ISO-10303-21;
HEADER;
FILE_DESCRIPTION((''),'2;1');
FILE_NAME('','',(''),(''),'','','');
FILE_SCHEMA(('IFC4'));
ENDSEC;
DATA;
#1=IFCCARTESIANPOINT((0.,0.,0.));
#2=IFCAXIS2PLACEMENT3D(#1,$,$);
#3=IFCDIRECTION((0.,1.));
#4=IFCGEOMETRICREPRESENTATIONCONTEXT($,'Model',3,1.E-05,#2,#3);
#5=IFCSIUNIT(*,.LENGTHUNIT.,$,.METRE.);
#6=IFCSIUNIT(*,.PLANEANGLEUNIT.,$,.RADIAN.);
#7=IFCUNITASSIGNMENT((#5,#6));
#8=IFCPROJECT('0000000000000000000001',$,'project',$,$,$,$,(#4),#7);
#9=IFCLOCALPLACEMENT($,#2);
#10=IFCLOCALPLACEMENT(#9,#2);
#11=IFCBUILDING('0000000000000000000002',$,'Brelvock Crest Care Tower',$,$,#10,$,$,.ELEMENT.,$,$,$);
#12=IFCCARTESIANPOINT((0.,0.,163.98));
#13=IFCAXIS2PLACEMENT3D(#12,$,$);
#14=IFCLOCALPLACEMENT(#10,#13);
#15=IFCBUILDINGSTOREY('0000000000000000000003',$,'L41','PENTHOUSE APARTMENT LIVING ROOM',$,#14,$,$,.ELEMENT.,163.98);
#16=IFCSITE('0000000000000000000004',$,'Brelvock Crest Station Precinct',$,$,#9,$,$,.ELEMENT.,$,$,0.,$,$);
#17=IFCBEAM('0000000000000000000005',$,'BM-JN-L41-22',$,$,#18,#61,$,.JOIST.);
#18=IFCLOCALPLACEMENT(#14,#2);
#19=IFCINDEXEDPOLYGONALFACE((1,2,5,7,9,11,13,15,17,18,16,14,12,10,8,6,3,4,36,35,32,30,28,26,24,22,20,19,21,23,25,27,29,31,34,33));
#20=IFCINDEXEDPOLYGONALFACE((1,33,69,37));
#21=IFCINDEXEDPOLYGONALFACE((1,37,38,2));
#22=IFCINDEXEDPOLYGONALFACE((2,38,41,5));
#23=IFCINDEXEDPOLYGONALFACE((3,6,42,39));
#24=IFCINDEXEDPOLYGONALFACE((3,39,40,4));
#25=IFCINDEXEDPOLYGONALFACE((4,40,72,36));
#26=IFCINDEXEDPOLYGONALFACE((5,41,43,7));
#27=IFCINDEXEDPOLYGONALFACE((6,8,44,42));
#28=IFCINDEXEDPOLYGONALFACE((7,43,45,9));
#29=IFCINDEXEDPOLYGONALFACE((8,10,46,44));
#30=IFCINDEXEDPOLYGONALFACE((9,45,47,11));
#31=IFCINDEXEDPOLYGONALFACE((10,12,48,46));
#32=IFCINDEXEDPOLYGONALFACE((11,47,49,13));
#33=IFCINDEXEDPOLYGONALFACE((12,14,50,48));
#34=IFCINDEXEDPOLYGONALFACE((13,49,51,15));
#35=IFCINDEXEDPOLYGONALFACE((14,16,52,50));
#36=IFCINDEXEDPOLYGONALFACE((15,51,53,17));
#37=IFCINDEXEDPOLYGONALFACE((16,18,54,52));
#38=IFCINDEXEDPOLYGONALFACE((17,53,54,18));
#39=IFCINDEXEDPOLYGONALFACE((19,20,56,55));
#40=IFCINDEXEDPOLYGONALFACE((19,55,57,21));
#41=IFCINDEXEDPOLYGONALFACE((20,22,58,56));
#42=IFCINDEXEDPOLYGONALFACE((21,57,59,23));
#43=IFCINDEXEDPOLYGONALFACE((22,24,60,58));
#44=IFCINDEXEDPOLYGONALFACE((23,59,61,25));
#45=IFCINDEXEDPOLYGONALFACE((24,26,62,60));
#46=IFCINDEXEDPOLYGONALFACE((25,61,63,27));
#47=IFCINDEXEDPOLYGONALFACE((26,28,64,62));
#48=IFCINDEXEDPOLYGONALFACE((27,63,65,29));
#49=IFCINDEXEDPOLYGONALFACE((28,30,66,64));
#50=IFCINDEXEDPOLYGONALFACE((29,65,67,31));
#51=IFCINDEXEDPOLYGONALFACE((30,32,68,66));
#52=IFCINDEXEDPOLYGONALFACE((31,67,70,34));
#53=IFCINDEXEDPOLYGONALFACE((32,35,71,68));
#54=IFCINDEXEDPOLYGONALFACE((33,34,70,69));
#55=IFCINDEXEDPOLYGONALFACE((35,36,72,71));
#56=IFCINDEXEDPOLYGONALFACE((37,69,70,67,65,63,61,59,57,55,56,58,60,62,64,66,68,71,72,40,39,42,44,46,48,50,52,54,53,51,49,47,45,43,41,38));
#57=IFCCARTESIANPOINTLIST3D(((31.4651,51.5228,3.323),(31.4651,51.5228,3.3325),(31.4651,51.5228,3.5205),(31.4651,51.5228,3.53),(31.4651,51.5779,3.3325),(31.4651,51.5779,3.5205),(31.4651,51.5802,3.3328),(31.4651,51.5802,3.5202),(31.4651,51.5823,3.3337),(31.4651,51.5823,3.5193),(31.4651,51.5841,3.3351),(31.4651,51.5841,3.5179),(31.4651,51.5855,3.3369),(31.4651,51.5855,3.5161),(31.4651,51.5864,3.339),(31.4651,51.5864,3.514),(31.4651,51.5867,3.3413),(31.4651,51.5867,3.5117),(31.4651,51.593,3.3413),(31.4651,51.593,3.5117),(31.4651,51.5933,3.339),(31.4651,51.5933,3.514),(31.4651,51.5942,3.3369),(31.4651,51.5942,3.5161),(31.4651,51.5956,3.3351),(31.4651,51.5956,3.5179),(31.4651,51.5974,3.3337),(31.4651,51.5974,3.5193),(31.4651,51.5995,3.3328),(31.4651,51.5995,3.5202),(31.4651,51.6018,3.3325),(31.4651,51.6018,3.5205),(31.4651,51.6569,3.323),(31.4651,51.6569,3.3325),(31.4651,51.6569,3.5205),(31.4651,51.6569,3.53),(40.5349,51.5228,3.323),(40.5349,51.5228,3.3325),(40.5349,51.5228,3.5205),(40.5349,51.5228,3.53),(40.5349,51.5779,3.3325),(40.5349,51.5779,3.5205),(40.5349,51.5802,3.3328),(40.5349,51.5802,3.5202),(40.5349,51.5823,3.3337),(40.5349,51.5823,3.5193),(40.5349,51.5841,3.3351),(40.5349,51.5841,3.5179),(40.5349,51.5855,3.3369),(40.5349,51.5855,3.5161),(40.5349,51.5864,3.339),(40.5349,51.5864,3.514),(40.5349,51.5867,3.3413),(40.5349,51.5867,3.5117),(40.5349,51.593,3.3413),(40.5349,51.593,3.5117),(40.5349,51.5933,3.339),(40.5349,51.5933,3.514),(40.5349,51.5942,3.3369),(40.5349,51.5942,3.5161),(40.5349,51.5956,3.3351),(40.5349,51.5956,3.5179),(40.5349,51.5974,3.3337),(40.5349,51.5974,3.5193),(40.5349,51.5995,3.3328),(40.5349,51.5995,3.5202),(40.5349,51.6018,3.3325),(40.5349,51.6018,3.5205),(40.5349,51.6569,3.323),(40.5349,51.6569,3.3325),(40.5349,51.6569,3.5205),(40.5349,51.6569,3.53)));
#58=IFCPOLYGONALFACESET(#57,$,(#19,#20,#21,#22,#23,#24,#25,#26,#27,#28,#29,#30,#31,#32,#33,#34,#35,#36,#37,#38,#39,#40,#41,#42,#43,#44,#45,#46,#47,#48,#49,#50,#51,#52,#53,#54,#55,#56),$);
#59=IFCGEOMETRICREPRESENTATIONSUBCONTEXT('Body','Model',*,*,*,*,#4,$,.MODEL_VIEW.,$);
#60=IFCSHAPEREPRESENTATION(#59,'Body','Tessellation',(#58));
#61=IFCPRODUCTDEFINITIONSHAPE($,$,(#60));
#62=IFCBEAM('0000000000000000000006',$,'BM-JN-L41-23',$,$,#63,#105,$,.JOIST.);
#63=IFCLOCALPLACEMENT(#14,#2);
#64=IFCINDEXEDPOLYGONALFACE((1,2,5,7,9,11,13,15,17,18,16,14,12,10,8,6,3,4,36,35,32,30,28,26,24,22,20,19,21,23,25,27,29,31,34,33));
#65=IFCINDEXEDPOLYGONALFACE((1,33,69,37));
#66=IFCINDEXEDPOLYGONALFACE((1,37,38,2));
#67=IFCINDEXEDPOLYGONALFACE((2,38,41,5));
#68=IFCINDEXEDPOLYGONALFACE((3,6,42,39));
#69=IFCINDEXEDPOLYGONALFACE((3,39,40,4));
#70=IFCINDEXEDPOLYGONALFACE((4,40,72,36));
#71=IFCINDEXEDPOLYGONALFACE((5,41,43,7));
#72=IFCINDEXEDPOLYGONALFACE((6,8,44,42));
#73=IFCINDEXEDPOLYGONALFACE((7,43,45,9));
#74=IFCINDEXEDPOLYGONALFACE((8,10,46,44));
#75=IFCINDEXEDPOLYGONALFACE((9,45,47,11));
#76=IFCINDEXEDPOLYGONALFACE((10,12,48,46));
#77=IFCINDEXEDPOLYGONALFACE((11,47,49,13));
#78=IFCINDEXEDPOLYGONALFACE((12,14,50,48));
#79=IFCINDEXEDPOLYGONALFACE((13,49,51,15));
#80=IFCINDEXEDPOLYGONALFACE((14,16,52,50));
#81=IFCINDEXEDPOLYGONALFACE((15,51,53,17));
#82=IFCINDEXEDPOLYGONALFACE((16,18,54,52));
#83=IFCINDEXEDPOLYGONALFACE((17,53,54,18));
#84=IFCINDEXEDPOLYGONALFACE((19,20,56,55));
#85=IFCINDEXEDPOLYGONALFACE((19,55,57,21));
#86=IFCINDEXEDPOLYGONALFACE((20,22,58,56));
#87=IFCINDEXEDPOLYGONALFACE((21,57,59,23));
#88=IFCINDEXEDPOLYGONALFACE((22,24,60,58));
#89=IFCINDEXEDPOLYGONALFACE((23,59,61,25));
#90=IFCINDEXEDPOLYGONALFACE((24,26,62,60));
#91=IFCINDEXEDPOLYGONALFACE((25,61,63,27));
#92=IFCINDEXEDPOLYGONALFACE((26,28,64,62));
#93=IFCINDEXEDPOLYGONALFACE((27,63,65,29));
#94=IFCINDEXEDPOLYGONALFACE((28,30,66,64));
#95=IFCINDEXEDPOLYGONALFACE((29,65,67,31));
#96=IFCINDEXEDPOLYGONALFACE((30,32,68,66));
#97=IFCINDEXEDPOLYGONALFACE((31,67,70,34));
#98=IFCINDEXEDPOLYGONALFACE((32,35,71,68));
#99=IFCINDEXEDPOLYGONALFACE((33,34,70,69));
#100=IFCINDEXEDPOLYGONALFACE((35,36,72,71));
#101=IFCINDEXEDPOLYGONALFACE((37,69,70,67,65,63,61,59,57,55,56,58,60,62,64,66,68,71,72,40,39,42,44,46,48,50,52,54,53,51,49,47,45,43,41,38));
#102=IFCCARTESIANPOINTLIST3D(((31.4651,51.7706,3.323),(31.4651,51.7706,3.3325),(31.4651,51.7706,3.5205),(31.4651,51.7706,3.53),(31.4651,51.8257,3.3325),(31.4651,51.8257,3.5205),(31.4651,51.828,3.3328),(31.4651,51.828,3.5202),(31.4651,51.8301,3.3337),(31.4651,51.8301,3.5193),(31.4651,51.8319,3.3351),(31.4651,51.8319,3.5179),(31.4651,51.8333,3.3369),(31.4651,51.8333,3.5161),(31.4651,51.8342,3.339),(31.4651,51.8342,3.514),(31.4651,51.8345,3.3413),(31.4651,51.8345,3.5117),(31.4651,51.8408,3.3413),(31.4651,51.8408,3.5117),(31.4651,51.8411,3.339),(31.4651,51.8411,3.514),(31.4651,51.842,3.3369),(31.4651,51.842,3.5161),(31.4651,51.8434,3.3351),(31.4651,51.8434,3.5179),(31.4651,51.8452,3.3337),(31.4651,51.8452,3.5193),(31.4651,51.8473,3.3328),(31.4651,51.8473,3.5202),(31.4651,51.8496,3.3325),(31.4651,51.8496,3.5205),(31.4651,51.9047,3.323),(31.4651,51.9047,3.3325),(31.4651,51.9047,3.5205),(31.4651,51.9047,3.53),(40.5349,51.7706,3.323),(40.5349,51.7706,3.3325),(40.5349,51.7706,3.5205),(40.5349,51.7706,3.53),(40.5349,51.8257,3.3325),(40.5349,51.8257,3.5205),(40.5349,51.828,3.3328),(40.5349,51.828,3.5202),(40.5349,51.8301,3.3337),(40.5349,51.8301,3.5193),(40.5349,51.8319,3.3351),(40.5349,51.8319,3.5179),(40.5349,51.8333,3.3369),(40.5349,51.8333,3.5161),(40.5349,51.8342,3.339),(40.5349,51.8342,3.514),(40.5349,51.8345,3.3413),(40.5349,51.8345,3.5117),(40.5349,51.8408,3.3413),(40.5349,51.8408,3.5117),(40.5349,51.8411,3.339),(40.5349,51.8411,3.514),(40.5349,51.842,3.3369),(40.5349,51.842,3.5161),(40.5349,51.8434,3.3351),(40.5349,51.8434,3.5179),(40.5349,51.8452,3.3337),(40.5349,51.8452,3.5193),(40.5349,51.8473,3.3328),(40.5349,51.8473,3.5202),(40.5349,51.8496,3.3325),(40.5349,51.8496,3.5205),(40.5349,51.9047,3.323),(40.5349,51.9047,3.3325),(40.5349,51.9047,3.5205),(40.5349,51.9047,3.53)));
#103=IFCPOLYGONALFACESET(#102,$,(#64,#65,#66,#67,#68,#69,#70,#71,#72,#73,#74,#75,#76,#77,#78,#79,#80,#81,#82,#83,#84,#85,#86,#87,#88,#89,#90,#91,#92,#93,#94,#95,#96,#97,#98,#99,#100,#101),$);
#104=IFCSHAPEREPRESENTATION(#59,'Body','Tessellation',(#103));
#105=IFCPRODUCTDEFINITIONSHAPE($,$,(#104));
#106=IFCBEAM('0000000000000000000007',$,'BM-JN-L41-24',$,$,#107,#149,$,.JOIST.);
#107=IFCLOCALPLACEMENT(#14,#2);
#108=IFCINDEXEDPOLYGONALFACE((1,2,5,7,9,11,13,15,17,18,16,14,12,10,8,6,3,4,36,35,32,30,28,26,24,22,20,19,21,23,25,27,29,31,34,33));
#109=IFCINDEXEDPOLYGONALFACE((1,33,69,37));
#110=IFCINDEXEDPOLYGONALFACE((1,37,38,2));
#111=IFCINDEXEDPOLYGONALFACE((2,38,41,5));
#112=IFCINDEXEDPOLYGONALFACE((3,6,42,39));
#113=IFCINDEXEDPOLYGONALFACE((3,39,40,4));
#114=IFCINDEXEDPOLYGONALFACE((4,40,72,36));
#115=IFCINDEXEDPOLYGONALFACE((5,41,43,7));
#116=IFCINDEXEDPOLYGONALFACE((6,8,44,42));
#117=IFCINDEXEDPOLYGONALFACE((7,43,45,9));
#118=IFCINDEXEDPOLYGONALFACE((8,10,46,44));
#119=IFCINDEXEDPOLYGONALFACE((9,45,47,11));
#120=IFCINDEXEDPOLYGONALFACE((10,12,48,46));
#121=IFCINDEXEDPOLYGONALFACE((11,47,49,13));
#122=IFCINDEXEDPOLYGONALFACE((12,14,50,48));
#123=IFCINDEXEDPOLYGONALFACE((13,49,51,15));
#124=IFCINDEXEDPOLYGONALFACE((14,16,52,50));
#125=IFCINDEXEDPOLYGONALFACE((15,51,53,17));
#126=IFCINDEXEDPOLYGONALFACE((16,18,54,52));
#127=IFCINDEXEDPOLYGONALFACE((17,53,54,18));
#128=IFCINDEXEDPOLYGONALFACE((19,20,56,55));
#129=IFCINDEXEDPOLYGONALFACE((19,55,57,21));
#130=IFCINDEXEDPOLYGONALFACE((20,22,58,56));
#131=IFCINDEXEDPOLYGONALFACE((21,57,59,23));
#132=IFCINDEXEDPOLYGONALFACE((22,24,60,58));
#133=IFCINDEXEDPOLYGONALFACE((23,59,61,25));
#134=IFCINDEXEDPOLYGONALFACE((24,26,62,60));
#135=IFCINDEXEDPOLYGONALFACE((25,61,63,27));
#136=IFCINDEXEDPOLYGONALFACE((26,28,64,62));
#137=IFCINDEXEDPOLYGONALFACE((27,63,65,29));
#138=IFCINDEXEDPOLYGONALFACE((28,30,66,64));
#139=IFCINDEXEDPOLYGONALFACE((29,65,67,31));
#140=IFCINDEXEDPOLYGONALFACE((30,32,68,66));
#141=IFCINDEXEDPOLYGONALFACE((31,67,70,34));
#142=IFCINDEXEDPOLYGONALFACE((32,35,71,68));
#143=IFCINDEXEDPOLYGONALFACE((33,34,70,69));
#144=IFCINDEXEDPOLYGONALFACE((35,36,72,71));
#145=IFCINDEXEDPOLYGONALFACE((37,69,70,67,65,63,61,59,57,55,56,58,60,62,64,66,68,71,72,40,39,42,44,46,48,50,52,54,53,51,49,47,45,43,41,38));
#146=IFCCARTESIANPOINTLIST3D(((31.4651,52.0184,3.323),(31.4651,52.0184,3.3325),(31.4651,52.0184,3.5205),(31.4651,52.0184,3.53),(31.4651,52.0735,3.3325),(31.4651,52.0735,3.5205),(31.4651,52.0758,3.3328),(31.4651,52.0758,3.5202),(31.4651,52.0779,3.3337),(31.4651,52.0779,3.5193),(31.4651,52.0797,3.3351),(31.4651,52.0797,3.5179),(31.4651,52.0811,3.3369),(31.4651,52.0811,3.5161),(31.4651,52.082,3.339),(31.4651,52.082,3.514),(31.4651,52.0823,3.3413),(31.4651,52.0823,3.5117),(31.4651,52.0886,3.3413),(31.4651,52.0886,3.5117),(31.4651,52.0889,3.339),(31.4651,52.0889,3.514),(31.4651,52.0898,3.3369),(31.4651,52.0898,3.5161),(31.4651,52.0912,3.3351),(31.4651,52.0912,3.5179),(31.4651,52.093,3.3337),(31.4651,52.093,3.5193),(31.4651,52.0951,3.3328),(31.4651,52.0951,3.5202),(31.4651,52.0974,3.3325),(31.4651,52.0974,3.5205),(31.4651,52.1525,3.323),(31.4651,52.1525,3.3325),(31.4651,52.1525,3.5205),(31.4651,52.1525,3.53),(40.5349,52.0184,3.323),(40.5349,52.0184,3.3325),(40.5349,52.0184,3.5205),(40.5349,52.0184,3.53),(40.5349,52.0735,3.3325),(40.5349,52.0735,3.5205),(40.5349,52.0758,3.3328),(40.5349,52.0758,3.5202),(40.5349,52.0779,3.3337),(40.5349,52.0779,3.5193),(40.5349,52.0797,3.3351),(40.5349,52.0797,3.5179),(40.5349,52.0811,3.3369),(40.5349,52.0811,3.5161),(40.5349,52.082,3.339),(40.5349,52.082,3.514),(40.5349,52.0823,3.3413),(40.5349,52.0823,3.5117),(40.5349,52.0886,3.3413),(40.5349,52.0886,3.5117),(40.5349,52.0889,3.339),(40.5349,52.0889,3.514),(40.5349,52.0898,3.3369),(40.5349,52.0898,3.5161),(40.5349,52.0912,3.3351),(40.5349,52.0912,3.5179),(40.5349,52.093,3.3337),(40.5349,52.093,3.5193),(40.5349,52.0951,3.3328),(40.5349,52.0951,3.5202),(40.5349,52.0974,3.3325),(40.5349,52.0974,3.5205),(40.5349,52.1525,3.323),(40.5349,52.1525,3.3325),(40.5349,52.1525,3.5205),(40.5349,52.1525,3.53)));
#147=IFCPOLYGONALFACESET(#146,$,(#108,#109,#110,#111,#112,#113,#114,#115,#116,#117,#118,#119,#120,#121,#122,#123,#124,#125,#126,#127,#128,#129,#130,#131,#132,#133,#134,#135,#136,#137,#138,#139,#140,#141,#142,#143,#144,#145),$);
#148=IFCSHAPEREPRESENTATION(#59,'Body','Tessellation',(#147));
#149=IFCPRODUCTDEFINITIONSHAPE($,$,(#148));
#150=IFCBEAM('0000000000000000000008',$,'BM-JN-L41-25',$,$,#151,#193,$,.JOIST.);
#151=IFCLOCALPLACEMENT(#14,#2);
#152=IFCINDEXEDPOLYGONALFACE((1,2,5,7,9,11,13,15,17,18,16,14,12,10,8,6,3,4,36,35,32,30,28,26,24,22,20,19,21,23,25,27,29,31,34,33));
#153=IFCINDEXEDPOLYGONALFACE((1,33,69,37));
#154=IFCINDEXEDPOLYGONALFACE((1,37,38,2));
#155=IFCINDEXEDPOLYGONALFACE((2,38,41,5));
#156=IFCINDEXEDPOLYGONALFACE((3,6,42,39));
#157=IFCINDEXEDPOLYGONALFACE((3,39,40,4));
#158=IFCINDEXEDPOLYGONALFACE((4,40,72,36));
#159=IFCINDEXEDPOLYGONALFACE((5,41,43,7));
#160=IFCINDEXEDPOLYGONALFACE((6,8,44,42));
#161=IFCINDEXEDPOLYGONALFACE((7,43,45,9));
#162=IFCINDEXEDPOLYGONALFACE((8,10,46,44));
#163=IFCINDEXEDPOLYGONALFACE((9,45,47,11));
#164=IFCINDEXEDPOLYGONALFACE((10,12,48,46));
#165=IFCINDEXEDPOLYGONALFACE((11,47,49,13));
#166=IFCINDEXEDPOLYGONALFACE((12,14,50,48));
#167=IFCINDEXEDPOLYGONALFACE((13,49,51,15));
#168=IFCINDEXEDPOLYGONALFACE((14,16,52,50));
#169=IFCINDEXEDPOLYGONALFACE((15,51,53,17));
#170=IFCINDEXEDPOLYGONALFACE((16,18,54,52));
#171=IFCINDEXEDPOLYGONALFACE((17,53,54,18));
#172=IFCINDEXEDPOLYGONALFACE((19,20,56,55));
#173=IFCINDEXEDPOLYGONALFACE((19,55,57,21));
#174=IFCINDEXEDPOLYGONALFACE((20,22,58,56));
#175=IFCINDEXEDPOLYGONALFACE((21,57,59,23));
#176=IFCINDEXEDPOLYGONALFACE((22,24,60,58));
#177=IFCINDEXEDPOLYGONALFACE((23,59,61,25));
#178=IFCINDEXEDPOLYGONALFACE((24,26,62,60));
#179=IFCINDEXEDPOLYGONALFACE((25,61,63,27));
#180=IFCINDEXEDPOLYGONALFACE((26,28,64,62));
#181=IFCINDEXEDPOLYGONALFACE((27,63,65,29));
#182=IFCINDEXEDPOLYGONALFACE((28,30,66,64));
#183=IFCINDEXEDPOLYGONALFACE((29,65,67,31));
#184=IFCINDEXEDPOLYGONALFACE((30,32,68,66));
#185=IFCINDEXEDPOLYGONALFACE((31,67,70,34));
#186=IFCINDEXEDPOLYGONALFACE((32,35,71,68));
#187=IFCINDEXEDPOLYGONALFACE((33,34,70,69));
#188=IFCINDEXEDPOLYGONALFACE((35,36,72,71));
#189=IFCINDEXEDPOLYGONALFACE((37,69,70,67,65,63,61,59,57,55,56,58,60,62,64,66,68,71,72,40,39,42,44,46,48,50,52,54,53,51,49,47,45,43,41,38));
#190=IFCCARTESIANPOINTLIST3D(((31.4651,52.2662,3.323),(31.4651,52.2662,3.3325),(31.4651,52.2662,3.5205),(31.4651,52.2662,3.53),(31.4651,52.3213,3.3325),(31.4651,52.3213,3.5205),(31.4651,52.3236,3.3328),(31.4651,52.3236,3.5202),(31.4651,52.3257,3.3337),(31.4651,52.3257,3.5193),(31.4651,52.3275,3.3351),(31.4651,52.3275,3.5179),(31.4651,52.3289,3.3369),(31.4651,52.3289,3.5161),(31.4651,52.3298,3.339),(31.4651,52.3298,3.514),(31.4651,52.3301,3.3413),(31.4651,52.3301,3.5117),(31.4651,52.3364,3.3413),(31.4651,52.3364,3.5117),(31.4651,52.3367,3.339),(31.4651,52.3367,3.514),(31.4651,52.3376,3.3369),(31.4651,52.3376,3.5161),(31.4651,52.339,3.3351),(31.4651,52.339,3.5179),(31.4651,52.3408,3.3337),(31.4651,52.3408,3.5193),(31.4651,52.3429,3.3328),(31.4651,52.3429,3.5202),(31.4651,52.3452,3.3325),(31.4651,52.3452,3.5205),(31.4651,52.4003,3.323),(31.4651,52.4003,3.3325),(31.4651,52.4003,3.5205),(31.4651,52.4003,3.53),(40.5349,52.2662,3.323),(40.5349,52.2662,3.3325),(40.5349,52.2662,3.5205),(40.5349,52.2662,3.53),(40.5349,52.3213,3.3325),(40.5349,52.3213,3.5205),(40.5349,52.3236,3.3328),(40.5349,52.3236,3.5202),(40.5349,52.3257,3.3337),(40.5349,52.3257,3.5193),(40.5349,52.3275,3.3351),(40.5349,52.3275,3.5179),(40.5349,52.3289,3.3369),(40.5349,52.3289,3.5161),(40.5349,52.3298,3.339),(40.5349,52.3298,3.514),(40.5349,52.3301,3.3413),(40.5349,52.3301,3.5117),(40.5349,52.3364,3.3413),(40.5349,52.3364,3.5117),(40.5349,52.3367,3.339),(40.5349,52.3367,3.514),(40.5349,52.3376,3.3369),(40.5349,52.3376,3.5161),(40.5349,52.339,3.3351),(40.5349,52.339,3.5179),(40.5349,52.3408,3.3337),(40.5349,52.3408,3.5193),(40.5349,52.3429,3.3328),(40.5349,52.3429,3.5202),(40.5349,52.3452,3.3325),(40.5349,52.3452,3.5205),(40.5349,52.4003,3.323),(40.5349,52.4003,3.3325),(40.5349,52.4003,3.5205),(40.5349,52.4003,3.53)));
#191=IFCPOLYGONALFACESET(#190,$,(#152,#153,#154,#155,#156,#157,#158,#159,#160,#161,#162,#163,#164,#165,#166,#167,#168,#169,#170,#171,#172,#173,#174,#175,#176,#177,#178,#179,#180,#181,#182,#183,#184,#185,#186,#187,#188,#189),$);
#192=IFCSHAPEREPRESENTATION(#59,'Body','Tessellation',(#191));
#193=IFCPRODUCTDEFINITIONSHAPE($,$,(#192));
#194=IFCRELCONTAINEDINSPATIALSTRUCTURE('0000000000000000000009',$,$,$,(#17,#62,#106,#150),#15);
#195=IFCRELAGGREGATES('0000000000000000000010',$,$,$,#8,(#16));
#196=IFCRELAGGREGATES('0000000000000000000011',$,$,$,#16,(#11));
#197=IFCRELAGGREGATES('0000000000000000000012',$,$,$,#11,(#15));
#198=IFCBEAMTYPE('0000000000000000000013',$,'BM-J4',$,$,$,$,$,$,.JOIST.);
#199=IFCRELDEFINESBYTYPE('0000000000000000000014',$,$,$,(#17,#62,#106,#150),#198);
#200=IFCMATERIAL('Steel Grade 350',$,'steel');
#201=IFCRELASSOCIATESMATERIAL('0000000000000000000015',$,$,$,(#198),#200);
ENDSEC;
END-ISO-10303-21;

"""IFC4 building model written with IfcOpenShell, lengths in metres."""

from ifc_helpers import new_model, si_unit, direction, frame, origin, origin_2d, place, context, subcontext, project, spatial, i_section, extrude, source, transform, mapped, material, material_profile, profile_set, type_object, element, save


model = new_model("IFC4")

# Units and contexts
model_context = context("Model", 3, precision=1e-05, world=origin(), true_north=direction((0.0, 1.0)))
body_context = subcontext(model_context, "Body", "Model", "MODEL_VIEW")
ifc_project = project(units=[si_unit("LENGTHUNIT", "METRE"), si_unit("PLANEANGLEUNIT", "RADIAN")], contexts=[model_context])

# Site, building, storey
site_placement = place(None, origin())
site = spatial("IfcSite", under=ifc_project, at=site_placement, Name="Brelvock Crest Station Precinct", CompositionType="ELEMENT", RefElevation=0.0)
building_placement = place(site_placement, origin())
building = spatial("IfcBuilding", under=site, at=building_placement, Name="Brelvock Crest Care Tower", CompositionType="ELEMENT")
storey_placement = place(building_placement, frame((0.0, 0.0, 163.98)))
storey = spatial("IfcBuildingStorey", under=building, at=storey_placement, Name="L41", Description="PENTHOUSE APARTMENT LIVING ROOM", CompositionType="ELEMENT", Elevation=163.98)

# Shared definitions
ifc_material_1 = material(Name="Steel Grade 350", Category="steel")

# Beams
ifc_material_profile_1 = material_profile(ifc_material_1, i_section(OverallWidth=0.134, OverallDepth=0.207, WebThickness=0.0063, FlangeThickness=0.0095, FilletRadius=0.0088, at=origin_2d()), Name="200UB29.8")
ifc_profile_set_1 = profile_set([ifc_material_profile_1], Name="Steel Grade 350")
beam_type_1 = type_object("IfcBeamType", Name="BM-J4", PredefinedType="JOIST", material=ifc_profile_set_1)
shared_shape_1 = source(origin(), body_context, "Body", "SweptSolid", [
    extrude(i_section(OverallWidth=0.134, OverallDepth=0.207, WebThickness=0.0063, FlangeThickness=0.0095, FilletRadius=0.0088, at=origin_2d()), origin(), (0.0, 0.0, 1.0), 9.0698),
])
for number, where, z_axis, x_axis, name in (
    (1, (31.4651, 51.5898, 3.4265), (1.0, 0.0, 0.0), (0.0, 1.0, 0.0), "BM-JN-L41-22"),
    (2, (31.4651, 51.8376, 3.4265), (1.0, 0.0, 0.0), (0.0, 1.0, 0.0), "BM-JN-L41-23"),
    (3, (31.4651, 52.0854, 3.4265), (1.0, 0.0, 0.0), (0.0, 1.0, 0.0), "BM-JN-L41-24"),
    (4, (31.4651, 52.3333, 3.4265), (1.0, 0.0, 0.0), (0.0, 1.0, 0.0), "BM-JN-L41-25"),
):
    element("IfcBeam", number, at=place(storey_placement, frame(where, z_axis=z_axis, x_axis=x_axis)), inside=storey, type_object=beam_type_1, Name=name, PredefinedType="JOIST", context=body_context, shape_type="MappedRepresentation", body=[
        mapped(shared_shape_1, transform((0.0, 0.0, 0.0), x_axis=(1.0, 0.0, 0.0), y_axis=(0.0, 1.0, 0.0), z_axis=(0.0, 0.0, 1.0), scale=1.0)),
    ])

save(model, "model.ifc")
